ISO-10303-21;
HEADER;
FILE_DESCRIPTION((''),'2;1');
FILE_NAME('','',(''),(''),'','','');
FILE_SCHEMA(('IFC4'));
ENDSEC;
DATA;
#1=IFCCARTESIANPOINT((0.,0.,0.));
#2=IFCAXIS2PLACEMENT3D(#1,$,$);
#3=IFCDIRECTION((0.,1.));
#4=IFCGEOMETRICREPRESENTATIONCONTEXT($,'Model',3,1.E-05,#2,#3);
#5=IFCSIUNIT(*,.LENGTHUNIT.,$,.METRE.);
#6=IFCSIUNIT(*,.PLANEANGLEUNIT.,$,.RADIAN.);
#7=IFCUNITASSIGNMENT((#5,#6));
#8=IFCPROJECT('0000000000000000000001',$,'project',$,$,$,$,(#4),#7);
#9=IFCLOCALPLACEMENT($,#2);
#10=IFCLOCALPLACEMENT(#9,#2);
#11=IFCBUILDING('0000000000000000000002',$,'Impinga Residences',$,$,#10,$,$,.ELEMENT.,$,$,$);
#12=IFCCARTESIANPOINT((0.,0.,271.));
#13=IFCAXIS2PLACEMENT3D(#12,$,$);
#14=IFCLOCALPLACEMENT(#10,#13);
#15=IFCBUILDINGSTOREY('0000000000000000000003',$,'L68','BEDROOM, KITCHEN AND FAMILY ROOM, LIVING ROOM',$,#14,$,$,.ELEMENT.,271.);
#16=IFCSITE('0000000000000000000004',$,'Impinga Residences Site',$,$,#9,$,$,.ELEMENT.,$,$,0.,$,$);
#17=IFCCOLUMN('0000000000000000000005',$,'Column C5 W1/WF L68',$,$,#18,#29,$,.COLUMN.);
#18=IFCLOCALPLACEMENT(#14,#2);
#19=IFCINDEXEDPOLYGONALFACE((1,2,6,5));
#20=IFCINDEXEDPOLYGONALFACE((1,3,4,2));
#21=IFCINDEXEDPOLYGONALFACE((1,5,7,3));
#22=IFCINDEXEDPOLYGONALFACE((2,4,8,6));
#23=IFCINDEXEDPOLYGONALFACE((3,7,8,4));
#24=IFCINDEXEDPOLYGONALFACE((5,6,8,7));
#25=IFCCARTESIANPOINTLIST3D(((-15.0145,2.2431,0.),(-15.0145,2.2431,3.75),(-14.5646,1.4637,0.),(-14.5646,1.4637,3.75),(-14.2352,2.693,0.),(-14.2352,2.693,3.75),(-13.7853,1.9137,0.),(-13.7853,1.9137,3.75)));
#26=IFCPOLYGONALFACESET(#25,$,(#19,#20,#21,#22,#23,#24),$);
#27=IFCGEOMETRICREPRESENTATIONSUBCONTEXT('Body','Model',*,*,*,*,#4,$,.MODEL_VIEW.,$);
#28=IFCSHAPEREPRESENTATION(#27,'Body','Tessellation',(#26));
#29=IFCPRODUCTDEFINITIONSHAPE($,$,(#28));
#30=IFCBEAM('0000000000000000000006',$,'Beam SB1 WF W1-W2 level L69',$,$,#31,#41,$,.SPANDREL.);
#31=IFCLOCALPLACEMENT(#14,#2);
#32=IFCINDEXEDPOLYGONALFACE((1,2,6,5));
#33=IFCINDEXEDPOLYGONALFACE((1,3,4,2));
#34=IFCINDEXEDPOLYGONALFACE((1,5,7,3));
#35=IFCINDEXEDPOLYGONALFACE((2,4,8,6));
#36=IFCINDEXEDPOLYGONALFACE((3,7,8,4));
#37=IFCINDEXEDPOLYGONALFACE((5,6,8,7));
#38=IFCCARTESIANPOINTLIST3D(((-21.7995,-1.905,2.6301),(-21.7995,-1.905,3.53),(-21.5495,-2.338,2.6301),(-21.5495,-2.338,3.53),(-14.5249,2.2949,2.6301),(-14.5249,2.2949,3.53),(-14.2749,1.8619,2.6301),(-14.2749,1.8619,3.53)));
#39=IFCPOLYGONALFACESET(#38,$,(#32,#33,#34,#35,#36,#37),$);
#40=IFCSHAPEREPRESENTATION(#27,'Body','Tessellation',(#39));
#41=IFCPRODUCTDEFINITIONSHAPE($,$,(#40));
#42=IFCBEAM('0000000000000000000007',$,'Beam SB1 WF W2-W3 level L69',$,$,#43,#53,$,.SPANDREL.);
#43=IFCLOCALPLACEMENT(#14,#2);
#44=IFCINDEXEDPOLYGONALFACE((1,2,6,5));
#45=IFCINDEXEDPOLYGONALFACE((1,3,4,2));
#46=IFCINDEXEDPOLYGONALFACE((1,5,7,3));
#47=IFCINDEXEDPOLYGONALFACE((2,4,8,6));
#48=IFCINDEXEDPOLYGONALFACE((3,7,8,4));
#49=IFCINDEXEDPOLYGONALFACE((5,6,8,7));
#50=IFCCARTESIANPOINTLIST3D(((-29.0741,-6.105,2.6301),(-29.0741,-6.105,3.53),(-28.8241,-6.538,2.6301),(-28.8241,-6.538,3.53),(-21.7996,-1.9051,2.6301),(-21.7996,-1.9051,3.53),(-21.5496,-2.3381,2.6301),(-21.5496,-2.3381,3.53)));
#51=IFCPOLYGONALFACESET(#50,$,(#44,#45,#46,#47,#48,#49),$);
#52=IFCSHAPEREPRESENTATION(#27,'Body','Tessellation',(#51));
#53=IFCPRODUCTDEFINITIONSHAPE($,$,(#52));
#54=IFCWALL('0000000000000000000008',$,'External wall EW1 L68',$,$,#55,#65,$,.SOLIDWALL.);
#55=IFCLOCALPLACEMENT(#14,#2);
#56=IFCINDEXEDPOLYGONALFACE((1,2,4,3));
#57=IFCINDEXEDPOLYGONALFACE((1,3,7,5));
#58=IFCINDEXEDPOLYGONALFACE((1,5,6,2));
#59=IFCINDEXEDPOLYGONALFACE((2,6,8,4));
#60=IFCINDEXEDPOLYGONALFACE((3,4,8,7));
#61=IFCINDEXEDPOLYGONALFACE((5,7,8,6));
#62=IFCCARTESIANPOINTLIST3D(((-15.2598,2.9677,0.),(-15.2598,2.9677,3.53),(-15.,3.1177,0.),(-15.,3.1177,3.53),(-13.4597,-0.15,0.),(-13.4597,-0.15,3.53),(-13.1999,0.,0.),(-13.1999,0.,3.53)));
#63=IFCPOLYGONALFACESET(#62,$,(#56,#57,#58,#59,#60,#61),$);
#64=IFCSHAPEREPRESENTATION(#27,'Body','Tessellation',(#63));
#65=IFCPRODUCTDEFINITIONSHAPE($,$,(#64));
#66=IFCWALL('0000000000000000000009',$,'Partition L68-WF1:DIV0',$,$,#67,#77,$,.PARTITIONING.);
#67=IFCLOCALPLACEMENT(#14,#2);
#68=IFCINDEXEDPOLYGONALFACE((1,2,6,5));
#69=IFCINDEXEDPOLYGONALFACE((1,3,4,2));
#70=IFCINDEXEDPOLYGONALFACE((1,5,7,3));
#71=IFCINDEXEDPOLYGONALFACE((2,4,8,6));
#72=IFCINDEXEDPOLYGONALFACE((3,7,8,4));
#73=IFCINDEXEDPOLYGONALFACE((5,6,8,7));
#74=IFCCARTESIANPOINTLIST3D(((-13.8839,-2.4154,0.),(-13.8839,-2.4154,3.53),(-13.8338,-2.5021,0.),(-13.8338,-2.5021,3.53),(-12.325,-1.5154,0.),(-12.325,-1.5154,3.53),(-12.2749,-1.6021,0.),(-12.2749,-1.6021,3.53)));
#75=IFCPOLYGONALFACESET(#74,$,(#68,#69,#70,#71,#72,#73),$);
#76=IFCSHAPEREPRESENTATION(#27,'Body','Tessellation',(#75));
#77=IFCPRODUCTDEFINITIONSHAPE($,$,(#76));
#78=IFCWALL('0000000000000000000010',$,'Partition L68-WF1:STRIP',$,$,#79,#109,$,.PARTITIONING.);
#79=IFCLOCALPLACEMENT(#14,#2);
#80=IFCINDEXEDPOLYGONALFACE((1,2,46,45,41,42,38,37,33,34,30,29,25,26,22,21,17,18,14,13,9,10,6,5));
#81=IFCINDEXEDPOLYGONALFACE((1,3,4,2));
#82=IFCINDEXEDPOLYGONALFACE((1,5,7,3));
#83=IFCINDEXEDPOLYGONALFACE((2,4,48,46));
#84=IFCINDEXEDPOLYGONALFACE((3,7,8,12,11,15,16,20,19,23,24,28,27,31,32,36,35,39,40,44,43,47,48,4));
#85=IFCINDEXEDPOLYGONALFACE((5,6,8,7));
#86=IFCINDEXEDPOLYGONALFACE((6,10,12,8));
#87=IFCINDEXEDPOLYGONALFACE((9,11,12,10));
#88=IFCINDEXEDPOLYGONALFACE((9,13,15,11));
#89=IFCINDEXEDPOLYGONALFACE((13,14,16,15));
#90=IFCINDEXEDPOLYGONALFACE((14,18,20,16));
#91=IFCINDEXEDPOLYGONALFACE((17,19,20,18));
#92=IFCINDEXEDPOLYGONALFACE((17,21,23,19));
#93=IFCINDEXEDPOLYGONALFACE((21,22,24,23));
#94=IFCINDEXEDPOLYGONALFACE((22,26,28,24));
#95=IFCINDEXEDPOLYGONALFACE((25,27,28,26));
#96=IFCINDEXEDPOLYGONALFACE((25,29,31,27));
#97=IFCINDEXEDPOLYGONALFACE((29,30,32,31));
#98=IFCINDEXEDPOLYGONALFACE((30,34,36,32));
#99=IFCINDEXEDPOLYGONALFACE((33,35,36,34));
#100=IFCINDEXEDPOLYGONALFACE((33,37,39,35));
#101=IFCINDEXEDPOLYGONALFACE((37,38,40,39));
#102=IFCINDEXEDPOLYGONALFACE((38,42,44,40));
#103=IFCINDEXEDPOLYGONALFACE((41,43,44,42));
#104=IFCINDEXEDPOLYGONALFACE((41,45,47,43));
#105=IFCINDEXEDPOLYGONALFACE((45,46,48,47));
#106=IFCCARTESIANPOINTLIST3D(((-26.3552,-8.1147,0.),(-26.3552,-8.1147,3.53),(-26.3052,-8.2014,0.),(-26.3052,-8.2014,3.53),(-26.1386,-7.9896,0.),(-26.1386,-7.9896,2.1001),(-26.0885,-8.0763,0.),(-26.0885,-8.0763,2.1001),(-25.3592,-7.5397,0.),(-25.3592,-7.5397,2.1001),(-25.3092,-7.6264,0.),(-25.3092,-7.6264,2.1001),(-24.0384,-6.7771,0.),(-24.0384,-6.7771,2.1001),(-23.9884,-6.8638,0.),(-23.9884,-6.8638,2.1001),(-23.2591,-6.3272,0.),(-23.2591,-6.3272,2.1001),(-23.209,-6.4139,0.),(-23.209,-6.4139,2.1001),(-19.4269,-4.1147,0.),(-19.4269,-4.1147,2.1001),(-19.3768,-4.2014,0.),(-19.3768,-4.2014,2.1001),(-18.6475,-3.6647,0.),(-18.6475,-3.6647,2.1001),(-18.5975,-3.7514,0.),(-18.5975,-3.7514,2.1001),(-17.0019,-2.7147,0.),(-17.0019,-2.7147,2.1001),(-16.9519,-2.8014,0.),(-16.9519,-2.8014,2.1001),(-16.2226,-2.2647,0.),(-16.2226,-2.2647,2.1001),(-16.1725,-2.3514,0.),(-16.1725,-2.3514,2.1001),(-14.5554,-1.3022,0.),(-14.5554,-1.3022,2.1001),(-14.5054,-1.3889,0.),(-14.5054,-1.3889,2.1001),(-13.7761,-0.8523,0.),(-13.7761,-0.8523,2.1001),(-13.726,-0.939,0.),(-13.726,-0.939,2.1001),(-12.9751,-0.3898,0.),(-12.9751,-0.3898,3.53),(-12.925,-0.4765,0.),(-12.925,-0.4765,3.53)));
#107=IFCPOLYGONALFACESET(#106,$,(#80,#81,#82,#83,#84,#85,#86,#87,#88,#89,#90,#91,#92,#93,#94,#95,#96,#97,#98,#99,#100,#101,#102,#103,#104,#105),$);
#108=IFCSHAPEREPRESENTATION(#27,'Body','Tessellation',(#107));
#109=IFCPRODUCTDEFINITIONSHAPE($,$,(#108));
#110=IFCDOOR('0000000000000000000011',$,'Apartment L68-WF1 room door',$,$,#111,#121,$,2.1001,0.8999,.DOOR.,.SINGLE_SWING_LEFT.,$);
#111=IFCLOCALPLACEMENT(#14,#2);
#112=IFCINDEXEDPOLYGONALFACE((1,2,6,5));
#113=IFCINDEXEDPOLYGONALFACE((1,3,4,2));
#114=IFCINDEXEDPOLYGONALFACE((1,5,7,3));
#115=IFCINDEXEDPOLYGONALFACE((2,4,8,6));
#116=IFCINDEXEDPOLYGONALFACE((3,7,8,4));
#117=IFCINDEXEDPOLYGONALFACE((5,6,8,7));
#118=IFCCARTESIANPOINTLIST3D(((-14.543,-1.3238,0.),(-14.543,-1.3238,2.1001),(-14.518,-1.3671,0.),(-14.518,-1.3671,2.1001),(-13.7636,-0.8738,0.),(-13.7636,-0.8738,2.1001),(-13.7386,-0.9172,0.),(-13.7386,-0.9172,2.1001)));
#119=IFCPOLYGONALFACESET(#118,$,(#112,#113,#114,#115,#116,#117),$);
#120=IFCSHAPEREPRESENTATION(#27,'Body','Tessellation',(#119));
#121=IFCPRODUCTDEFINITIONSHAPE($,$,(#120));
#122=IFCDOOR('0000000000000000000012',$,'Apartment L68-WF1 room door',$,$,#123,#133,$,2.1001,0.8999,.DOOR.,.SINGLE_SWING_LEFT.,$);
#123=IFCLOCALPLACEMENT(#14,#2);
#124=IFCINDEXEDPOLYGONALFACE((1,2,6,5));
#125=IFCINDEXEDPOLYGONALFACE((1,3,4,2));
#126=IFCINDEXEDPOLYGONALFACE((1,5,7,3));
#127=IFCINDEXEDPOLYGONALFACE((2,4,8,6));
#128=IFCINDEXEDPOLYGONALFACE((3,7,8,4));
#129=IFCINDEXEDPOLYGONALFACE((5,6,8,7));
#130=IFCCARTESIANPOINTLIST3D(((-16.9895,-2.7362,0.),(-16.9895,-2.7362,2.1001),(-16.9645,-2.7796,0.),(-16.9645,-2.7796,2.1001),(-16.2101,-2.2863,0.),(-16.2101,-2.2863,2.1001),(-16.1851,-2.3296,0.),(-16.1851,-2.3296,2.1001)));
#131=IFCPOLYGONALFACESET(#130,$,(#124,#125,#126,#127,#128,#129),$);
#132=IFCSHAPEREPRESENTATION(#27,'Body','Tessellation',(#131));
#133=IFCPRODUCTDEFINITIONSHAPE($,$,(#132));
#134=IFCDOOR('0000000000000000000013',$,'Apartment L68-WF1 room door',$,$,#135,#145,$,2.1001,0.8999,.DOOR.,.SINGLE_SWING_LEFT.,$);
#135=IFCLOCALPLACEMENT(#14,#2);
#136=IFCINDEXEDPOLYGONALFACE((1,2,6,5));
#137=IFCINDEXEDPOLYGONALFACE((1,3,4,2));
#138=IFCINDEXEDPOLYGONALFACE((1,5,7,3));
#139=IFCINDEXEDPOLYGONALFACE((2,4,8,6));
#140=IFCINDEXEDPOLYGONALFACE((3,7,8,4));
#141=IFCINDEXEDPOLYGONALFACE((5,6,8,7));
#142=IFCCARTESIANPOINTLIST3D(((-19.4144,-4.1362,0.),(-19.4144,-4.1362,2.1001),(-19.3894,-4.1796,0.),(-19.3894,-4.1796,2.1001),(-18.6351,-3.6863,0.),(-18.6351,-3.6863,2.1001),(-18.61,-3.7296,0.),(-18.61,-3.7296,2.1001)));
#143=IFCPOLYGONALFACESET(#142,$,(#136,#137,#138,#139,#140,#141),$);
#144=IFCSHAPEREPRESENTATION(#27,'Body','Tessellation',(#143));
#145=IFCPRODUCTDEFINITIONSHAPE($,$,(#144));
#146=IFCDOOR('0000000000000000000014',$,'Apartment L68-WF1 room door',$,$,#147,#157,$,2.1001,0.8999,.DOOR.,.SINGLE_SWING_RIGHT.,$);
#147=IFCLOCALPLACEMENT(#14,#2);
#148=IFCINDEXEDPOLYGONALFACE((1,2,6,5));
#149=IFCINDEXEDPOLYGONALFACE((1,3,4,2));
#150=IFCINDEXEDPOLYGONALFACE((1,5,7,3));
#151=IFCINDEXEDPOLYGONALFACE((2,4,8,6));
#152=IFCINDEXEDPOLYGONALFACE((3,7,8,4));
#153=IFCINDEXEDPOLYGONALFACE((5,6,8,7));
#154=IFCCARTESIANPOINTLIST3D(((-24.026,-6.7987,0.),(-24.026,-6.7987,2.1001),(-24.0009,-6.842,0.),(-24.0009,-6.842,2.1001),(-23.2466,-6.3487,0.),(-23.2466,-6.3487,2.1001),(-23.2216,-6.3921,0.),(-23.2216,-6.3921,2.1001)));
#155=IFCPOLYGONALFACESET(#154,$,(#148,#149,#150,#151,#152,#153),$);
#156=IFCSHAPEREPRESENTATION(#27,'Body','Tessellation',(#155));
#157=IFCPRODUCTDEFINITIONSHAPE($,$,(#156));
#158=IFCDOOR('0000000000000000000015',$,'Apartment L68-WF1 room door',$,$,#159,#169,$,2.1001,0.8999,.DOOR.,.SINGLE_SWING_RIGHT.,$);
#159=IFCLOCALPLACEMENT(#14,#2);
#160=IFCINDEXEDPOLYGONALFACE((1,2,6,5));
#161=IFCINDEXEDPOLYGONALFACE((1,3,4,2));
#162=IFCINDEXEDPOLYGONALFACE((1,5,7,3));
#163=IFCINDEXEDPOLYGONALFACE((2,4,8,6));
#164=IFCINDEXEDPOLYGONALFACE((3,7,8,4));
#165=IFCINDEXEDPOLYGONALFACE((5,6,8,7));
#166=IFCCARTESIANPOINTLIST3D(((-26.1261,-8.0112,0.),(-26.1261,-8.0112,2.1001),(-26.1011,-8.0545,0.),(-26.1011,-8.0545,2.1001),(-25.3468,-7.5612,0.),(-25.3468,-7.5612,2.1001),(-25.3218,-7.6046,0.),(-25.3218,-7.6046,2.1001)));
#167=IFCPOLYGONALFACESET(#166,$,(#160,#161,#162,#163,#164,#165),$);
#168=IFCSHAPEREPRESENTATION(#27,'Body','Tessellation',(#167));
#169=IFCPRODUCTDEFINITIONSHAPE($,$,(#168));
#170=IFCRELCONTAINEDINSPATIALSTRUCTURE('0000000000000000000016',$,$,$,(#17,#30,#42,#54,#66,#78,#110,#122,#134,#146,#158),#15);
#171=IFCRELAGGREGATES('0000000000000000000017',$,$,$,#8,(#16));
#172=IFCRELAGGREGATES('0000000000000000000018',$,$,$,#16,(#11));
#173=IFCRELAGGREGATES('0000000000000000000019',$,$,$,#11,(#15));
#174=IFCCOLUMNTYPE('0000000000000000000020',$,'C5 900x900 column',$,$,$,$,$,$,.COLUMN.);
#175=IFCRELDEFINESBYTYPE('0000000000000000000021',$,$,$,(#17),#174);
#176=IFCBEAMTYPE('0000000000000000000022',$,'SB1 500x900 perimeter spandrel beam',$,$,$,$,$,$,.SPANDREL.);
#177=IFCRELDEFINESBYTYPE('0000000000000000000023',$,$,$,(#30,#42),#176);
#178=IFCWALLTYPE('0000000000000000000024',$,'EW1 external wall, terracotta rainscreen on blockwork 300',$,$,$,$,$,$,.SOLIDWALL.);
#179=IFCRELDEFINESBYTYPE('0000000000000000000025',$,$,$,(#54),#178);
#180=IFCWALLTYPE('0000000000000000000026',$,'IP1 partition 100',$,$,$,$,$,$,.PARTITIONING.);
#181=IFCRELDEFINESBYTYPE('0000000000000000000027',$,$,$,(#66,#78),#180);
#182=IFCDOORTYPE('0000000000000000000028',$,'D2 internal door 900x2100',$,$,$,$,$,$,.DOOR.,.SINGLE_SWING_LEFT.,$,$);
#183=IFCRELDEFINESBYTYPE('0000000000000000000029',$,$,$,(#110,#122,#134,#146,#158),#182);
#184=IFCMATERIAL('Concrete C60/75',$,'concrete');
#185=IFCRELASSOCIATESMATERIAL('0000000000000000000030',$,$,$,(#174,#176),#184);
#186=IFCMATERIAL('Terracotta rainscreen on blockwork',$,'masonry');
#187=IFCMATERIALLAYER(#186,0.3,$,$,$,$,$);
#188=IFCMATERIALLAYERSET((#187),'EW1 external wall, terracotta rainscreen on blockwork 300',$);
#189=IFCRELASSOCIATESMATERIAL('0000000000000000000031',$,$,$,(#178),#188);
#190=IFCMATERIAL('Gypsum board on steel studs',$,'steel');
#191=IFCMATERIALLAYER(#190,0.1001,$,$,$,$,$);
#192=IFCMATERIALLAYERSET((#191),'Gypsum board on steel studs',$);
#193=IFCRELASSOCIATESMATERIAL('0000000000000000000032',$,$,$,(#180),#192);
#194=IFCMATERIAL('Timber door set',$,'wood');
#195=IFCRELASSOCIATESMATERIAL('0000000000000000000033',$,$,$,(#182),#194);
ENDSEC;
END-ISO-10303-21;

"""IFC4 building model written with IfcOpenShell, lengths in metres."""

from ifc_helpers import new_model, si_unit, direction, frame, frame_2d, origin, origin_2d, place, context, subcontext, project, spatial, rectangle, extrude, material, layer, layer_set, material_profile, profile_set, type_object, element, fill, save


model = new_model("IFC4")

# Units and contexts
model_context = context("Model", 3, precision=1e-05, world=origin(), true_north=direction((0.0, 1.0)))
body_context = subcontext(model_context, "Body", "Model", "MODEL_VIEW")
ifc_project = project(units=[si_unit("LENGTHUNIT", "METRE"), si_unit("PLANEANGLEUNIT", "RADIAN")], contexts=[model_context])

# Site, building, storey
site_placement = place(None, origin())
site = spatial("IfcSite", under=ifc_project, at=site_placement, Name="Impinga Residences Site", CompositionType="ELEMENT", RefElevation=0.0)
building_placement = place(site_placement, origin())
building = spatial("IfcBuilding", under=site, at=building_placement, Name="Impinga Residences", CompositionType="ELEMENT")
storey_placement = place(building_placement, frame((0.0, 0.0, 271.0)))
storey = spatial("IfcBuildingStorey", under=building, at=storey_placement, Name="L68", Description="BEDROOM, KITCHEN AND FAMILY ROOM, LIVING ROOM", CompositionType="ELEMENT", Elevation=271.0)

# Column
ifc_material_1 = material(Name="Concrete C60/75", Category="concrete")
ifc_material_profile_1 = material_profile(ifc_material_1, rectangle(XDim=0.8999, YDim=0.8999, at=origin_2d()), Name="RC 900x900")
ifc_profile_set_1 = profile_set([ifc_material_profile_1], Name="Concrete C60/75")
column_type = type_object("IfcColumnType", Name="C5 900x900 column", PredefinedType="COLUMN", material=ifc_profile_set_1)
column_placement = place(storey_placement, frame((-14.3999, 2.0784, 0.0), z_axis=(0.0, 0.0, 1.0), x_axis=(-0.5, 0.866025, 0.0)))
element("IfcColumn", 1, at=column_placement, inside=storey, type_object=column_type, Name="Column C5 W1/WF L68", PredefinedType="COLUMN", context=body_context, shape_type="SweptSolid", body=[
    extrude(rectangle(XDim=0.8999, YDim=0.8999, at=origin_2d()), origin(), (0.0, 0.0, 1.0), 3.75),
])

# Beams
ifc_material_profile_2 = material_profile(ifc_material_1, rectangle(XDim=0.5, YDim=0.8999, at=origin_2d()), Name="RC 500x900")
ifc_profile_set_2 = profile_set([ifc_material_profile_2], Name="Concrete C60/75")
beam_type = type_object("IfcBeamType", Name="SB1 500x900 perimeter spandrel beam", PredefinedType="SPANDREL", material=ifc_profile_set_2)
for number, where, z_axis, x_axis, name in (
    (2, (-14.3999, 2.0784, 3.0801), (-0.866029, -0.499993, 0.0), (0.499993, -0.866029, 0.0), "Beam SB1 WF W1-W2 level L69"),
    (3, (-21.6746, -2.1216, 3.0801), (-0.866029, -0.499993, 0.0), (0.499993, -0.866029, 0.0), "Beam SB1 WF W2-W3 level L69"),
):
    element("IfcBeam", number, at=place(storey_placement, frame(where, z_axis=z_axis, x_axis=x_axis)), inside=storey, type_object=beam_type, Name=name, PredefinedType="SPANDREL", context=body_context, shape_type="SweptSolid", body=[
        extrude(rectangle(XDim=0.5, YDim=0.8999, at=origin_2d()), origin(), (0.0, 0.0, 1.0), 8.3999),
    ])

# Walls
ifc_material_2 = material(Name="Terracotta rainscreen on blockwork", Category="masonry")
ifc_layer_1 = layer(ifc_material_2, 0.3)
ifc_layer_set_1 = layer_set([ifc_layer_1], Name="EW1 external wall, terracotta rainscreen on blockwork 300")
wall_type_1 = type_object("IfcWallType", Name="EW1 external wall, terracotta rainscreen on blockwork 300", PredefinedType="SOLIDWALL", material=ifc_layer_set_1)
wall_1_placement = place(storey_placement, frame((-15.1299, 3.0427, 0.0), z_axis=(0.0, 0.0, 1.0), x_axis=(0.500012, -0.866018, 0.0)))
element("IfcWall", 4, at=wall_1_placement, inside=storey, type_object=wall_type_1, Name="External wall EW1 L68", PredefinedType="SOLIDWALL", context=body_context, shape_type="SweptSolid", body=[
    extrude(rectangle(XDim=3.6001, YDim=0.3, at=frame_2d((1.8, 0.0))), origin(), (0.0, 0.0, 1.0), 3.53),
])
ifc_material_3 = material(Name="Gypsum board on steel studs", Category="steel")
ifc_layer_2 = layer(ifc_material_3, 0.1001)
ifc_layer_set_2 = layer_set([ifc_layer_2], Name="Gypsum board on steel studs")
wall_type_2 = type_object("IfcWallType", Name="IP1 partition 100", PredefinedType="PARTITIONING", material=ifc_layer_set_2)
wall_2_placement = place(storey_placement, frame((-12.3, -1.5588, 0.0), z_axis=(0.0, 0.0, 1.0), x_axis=(-0.866048, -0.499961, 0.0)))
element("IfcWall", 5, at=wall_2_placement, inside=storey, type_object=wall_type_2, Name="Partition L68-WF1:DIV0", PredefinedType="PARTITIONING", context=body_context, shape_type="SweptSolid", body=[
    extrude(rectangle(XDim=1.8, YDim=0.1001, at=frame_2d((0.8999, 0.0))), origin(), (0.0, 0.0, 1.0), 3.53),
])

# Wall, openings, doors
wall_3_placement = place(storey_placement, frame((-12.95, -0.4331, 0.0), z_axis=(0.0, 0.0, 1.0), x_axis=(-0.86603, -0.499992, 0.0)))
wall_3 = element("IfcWall", 6, at=wall_3_placement, inside=storey, type_object=wall_type_2, Name="Partition L68-WF1:STRIP", PredefinedType="PARTITIONING", context=body_context, shape_type="SweptSolid", body=[
    extrude(rectangle(XDim=15.45, YDim=0.1001, at=frame_2d((7.7251, 0.0))), origin(), (0.0, 0.0, 1.0), 3.53),
])
opening_1_placement = place(wall_3_placement, frame((0.925, 0.0, 0.0)))
opening_1 = element("IfcOpeningElement", 7, at=opening_1_placement, cuts=wall_3, PredefinedType="OPENING", context=body_context, shape_type="SweptSolid", body=[
    extrude(rectangle(XDim=0.8999, YDim=2.1001, at=frame_2d((0.45, 1.05))), frame((0.0, 0.0601, 0.0), z_axis=(0.0, -1.0, 0.0), x_axis=(1.0, 0.0, 0.0)), (0.0, 0.0, 1.0), 0.1201),
])
opening_2_placement = place(wall_3_placement, frame((3.75, 0.0, 0.0)))
opening_2 = element("IfcOpeningElement", 8, at=opening_2_placement, cuts=wall_3, PredefinedType="OPENING", context=body_context, shape_type="SweptSolid", body=[
    extrude(rectangle(XDim=0.8999, YDim=2.1001, at=frame_2d((0.45, 1.05))), frame((0.0, 0.0601, 0.0), z_axis=(0.0, -1.0, 0.0), x_axis=(1.0, 0.0, 0.0)), (0.0, 0.0, 1.0), 0.1201),
])
opening_3_placement = place(wall_3_placement, frame((6.55, 0.0, 0.0)))
opening_3 = element("IfcOpeningElement", 9, at=opening_3_placement, cuts=wall_3, PredefinedType="OPENING", context=body_context, shape_type="SweptSolid", body=[
    extrude(rectangle(XDim=0.8999, YDim=2.1001, at=frame_2d((0.45, 1.05))), frame((0.0, 0.0601, 0.0), z_axis=(0.0, -1.0, 0.0), x_axis=(1.0, 0.0, 0.0)), (0.0, 0.0, 1.0), 0.1201),
])
opening_4_placement = place(wall_3_placement, frame((11.875, 0.0, 0.0)))
opening_4 = element("IfcOpeningElement", 10, at=opening_4_placement, cuts=wall_3, PredefinedType="OPENING", context=body_context, shape_type="SweptSolid", body=[
    extrude(rectangle(XDim=0.8999, YDim=2.1001, at=frame_2d((0.45, 1.05))), frame((0.0, 0.0601, 0.0), z_axis=(0.0, -1.0, 0.0), x_axis=(1.0, 0.0, 0.0)), (0.0, 0.0, 1.0), 0.1201),
])
opening_5_placement = place(wall_3_placement, frame((14.3, 0.0, 0.0)))
opening_5 = element("IfcOpeningElement", 11, at=opening_5_placement, cuts=wall_3, PredefinedType="OPENING", context=body_context, shape_type="SweptSolid", body=[
    extrude(rectangle(XDim=0.8999, YDim=2.1001, at=frame_2d((0.45, 1.05))), frame((0.0, 0.0601, 0.0), z_axis=(0.0, -1.0, 0.0), x_axis=(1.0, 0.0, 0.0)), (0.0, 0.0, 1.0), 0.1201),
])
ifc_material_4 = material(Name="Timber door set", Category="wood")
door_type_1 = type_object("IfcDoorType", Name="D2 internal door 900x2100", OperationType="SINGLE_SWING_LEFT", PredefinedType="DOOR", material=ifc_material_4)
door_1_placement = place(opening_1_placement, origin())
door_1 = element("IfcDoor", 12, at=door_1_placement, inside=storey, type_object=door_type_1, Name="Apartment L68-WF1 room door", OperationType="SINGLE_SWING_LEFT", OverallHeight=2.1001, OverallWidth=0.8999, PredefinedType="DOOR", context=body_context, shape_type="SweptSolid", body=[
    extrude(rectangle(XDim=0.8999, YDim=2.1001, at=frame_2d((0.45, 1.05))), frame((0.0, 0.0249, 0.0), z_axis=(0.0, -1.0, 0.0), x_axis=(1.0, 0.0, 0.0)), (0.0, 0.0, 1.0), 0.05),
])
fill(opening_1, door_1)
door_2_placement = place(opening_2_placement, origin())
door_2 = element("IfcDoor", 13, at=door_2_placement, inside=storey, type_object=door_type_1, Name="Apartment L68-WF1 room door", OperationType="SINGLE_SWING_LEFT", OverallHeight=2.1001, OverallWidth=0.8999, PredefinedType="DOOR", context=body_context, shape_type="SweptSolid", body=[
    extrude(rectangle(XDim=0.8999, YDim=2.1001, at=frame_2d((0.45, 1.05))), frame((0.0, 0.0249, 0.0), z_axis=(0.0, -1.0, 0.0), x_axis=(1.0, 0.0, 0.0)), (0.0, 0.0, 1.0), 0.05),
])
fill(opening_2, door_2)
door_3_placement = place(opening_3_placement, origin())
door_3 = element("IfcDoor", 14, at=door_3_placement, inside=storey, type_object=door_type_1, Name="Apartment L68-WF1 room door", OperationType="SINGLE_SWING_LEFT", OverallHeight=2.1001, OverallWidth=0.8999, PredefinedType="DOOR", context=body_context, shape_type="SweptSolid", body=[
    extrude(rectangle(XDim=0.8999, YDim=2.1001, at=frame_2d((0.45, 1.05))), frame((0.0, 0.0249, 0.0), z_axis=(0.0, -1.0, 0.0), x_axis=(1.0, 0.0, 0.0)), (0.0, 0.0, 1.0), 0.05),
])
fill(opening_3, door_3)
door_4_placement = place(opening_4_placement, origin())
door_4 = element("IfcDoor", 15, at=door_4_placement, inside=storey, type_object=door_type_1, Name="Apartment L68-WF1 room door", OperationType="SINGLE_SWING_RIGHT", OverallHeight=2.1001, OverallWidth=0.8999, PredefinedType="DOOR", context=body_context, shape_type="SweptSolid", body=[
    extrude(rectangle(XDim=0.8999, YDim=2.1001, at=frame_2d((0.45, 1.05))), frame((0.0, 0.0249, 0.0), z_axis=(0.0, -1.0, 0.0), x_axis=(1.0, 0.0, 0.0)), (0.0, 0.0, 1.0), 0.05),
])
fill(opening_4, door_4)
door_5_placement = place(opening_5_placement, origin())
door_5 = element("IfcDoor", 16, at=door_5_placement, inside=storey, type_object=door_type_1, Name="Apartment L68-WF1 room door", OperationType="SINGLE_SWING_RIGHT", OverallHeight=2.1001, OverallWidth=0.8999, PredefinedType="DOOR", context=body_context, shape_type="SweptSolid", body=[
    extrude(rectangle(XDim=0.8999, YDim=2.1001, at=frame_2d((0.45, 1.05))), frame((0.0, 0.0249, 0.0), z_axis=(0.0, -1.0, 0.0), x_axis=(1.0, 0.0, 0.0)), (0.0, 0.0, 1.0), 0.05),
])
fill(opening_5, door_5)

save(model, "model.ifc")
